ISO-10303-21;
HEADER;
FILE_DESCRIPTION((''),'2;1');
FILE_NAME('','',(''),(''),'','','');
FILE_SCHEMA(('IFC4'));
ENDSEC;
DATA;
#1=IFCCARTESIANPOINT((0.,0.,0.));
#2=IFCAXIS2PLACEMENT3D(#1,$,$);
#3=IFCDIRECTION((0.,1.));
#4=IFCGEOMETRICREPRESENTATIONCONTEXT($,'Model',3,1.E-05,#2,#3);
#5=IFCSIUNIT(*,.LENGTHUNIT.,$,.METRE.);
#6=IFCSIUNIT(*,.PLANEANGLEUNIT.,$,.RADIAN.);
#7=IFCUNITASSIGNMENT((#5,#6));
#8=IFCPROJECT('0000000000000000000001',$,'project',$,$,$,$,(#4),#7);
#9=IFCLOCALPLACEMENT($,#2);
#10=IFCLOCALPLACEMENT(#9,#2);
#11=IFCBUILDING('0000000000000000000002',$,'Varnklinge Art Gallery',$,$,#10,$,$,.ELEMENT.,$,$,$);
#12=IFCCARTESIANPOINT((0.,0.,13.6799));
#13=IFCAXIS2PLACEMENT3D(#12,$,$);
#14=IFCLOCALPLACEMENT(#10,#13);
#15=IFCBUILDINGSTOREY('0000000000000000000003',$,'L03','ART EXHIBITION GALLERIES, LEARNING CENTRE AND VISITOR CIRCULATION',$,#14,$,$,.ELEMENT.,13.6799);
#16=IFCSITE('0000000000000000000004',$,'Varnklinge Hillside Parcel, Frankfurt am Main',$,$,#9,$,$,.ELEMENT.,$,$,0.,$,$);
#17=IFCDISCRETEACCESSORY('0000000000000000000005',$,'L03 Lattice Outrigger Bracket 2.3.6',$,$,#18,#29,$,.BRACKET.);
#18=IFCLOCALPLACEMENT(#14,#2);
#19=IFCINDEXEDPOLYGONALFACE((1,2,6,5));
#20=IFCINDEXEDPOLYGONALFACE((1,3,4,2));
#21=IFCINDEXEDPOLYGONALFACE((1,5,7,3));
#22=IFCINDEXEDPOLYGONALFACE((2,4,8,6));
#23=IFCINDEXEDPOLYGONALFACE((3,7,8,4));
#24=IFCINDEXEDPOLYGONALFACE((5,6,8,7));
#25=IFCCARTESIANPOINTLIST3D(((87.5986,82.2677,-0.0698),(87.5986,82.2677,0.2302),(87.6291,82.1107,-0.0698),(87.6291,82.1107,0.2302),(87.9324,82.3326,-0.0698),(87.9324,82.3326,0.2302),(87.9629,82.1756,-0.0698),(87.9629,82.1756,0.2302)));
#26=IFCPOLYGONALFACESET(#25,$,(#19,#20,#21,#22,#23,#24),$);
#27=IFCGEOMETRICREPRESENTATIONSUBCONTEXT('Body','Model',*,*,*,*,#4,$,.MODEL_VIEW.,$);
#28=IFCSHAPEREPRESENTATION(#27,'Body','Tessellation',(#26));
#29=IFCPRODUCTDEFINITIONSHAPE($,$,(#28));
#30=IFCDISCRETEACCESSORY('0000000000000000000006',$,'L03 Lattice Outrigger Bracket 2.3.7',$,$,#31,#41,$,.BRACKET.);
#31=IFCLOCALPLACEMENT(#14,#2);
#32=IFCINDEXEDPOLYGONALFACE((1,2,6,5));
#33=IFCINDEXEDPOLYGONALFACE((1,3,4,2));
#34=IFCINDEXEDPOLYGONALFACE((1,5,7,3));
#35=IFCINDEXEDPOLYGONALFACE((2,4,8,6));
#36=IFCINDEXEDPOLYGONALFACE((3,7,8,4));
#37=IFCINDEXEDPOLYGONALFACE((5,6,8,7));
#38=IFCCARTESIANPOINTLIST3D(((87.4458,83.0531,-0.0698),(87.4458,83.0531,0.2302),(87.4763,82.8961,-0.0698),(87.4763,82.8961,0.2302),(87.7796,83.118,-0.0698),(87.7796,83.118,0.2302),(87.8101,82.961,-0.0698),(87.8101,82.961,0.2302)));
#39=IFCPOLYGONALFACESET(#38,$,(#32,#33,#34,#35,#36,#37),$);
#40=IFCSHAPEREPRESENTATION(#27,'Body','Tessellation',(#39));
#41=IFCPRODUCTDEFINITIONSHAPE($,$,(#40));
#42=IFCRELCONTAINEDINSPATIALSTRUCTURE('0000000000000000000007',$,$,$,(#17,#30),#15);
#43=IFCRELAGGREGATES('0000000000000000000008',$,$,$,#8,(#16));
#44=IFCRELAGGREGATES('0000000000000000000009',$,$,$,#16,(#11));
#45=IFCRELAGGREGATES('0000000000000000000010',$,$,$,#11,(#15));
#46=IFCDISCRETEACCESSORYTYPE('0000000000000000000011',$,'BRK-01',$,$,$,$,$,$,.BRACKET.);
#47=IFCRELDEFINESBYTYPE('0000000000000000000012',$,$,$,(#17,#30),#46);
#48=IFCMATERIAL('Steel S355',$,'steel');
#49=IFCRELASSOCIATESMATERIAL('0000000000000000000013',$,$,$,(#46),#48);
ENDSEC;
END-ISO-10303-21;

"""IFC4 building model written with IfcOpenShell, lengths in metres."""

from ifc_helpers import new_model, si_unit, direction, frame, origin, origin_2d, place, context, subcontext, project, spatial, rectangle, extrude, material, type_object, element, save


model = new_model("IFC4")

# Units and contexts
model_context = context("Model", 3, precision=1e-05, world=origin(), true_north=direction((0.0, 1.0)))
body_context = subcontext(model_context, "Body", "Model", "MODEL_VIEW")
ifc_project = project(units=[si_unit("LENGTHUNIT", "METRE"), si_unit("PLANEANGLEUNIT", "RADIAN")], contexts=[model_context])

# Site, building, storey
site_placement = place(None, origin())
site = spatial("IfcSite", under=ifc_project, at=site_placement, Name="Varnklinge Hillside Parcel, Frankfurt am Main", CompositionType="ELEMENT", RefElevation=0.0)
building_placement = place(site_placement, origin())
building = spatial("IfcBuilding", under=site, at=building_placement, Name="Varnklinge Art Gallery", CompositionType="ELEMENT")
storey_placement = place(building_placement, frame((0.0, 0.0, 13.6799)))
storey = spatial("IfcBuildingStorey", under=building, at=storey_placement, Name="L03", Description="ART EXHIBITION GALLERIES, LEARNING CENTRE AND VISITOR CIRCULATION", CompositionType="ELEMENT", Elevation=13.6799)

# Discrete accessories
ifc_material_1 = material(Name="Steel S355", Category="steel")
discrete_accessory_type = type_object("IfcDiscreteAccessoryType", Name="BRK-01", PredefinedType="BRACKET", material=ifc_material_1)
for number, where, z_axis, x_axis, name in (
    (1, (87.7808, 82.2217, -0.0698), (0.0, 0.0, 1.0), (-0.190809, 0.981627, 0.0), "L03 Lattice Outrigger Bracket 2.3.6"),
    (2, (87.6279, 83.0071, -0.0698), (0.0, 0.0, 1.0), (-0.190809, 0.981627, 0.0), "L03 Lattice Outrigger Bracket 2.3.7"),
):
    element("IfcDiscreteAccessory", number, at=place(storey_placement, frame(where, z_axis=z_axis, x_axis=x_axis)), inside=storey, type_object=discrete_accessory_type, Name=name, PredefinedType="BRACKET", context=body_context, shape_type="SweptSolid", body=[
        extrude(rectangle(XDim=0.1599, YDim=0.3401, at=origin_2d()), origin(), (0.0, 0.0, 1.0), 0.3),
    ])

save(model, "model.ifc")
